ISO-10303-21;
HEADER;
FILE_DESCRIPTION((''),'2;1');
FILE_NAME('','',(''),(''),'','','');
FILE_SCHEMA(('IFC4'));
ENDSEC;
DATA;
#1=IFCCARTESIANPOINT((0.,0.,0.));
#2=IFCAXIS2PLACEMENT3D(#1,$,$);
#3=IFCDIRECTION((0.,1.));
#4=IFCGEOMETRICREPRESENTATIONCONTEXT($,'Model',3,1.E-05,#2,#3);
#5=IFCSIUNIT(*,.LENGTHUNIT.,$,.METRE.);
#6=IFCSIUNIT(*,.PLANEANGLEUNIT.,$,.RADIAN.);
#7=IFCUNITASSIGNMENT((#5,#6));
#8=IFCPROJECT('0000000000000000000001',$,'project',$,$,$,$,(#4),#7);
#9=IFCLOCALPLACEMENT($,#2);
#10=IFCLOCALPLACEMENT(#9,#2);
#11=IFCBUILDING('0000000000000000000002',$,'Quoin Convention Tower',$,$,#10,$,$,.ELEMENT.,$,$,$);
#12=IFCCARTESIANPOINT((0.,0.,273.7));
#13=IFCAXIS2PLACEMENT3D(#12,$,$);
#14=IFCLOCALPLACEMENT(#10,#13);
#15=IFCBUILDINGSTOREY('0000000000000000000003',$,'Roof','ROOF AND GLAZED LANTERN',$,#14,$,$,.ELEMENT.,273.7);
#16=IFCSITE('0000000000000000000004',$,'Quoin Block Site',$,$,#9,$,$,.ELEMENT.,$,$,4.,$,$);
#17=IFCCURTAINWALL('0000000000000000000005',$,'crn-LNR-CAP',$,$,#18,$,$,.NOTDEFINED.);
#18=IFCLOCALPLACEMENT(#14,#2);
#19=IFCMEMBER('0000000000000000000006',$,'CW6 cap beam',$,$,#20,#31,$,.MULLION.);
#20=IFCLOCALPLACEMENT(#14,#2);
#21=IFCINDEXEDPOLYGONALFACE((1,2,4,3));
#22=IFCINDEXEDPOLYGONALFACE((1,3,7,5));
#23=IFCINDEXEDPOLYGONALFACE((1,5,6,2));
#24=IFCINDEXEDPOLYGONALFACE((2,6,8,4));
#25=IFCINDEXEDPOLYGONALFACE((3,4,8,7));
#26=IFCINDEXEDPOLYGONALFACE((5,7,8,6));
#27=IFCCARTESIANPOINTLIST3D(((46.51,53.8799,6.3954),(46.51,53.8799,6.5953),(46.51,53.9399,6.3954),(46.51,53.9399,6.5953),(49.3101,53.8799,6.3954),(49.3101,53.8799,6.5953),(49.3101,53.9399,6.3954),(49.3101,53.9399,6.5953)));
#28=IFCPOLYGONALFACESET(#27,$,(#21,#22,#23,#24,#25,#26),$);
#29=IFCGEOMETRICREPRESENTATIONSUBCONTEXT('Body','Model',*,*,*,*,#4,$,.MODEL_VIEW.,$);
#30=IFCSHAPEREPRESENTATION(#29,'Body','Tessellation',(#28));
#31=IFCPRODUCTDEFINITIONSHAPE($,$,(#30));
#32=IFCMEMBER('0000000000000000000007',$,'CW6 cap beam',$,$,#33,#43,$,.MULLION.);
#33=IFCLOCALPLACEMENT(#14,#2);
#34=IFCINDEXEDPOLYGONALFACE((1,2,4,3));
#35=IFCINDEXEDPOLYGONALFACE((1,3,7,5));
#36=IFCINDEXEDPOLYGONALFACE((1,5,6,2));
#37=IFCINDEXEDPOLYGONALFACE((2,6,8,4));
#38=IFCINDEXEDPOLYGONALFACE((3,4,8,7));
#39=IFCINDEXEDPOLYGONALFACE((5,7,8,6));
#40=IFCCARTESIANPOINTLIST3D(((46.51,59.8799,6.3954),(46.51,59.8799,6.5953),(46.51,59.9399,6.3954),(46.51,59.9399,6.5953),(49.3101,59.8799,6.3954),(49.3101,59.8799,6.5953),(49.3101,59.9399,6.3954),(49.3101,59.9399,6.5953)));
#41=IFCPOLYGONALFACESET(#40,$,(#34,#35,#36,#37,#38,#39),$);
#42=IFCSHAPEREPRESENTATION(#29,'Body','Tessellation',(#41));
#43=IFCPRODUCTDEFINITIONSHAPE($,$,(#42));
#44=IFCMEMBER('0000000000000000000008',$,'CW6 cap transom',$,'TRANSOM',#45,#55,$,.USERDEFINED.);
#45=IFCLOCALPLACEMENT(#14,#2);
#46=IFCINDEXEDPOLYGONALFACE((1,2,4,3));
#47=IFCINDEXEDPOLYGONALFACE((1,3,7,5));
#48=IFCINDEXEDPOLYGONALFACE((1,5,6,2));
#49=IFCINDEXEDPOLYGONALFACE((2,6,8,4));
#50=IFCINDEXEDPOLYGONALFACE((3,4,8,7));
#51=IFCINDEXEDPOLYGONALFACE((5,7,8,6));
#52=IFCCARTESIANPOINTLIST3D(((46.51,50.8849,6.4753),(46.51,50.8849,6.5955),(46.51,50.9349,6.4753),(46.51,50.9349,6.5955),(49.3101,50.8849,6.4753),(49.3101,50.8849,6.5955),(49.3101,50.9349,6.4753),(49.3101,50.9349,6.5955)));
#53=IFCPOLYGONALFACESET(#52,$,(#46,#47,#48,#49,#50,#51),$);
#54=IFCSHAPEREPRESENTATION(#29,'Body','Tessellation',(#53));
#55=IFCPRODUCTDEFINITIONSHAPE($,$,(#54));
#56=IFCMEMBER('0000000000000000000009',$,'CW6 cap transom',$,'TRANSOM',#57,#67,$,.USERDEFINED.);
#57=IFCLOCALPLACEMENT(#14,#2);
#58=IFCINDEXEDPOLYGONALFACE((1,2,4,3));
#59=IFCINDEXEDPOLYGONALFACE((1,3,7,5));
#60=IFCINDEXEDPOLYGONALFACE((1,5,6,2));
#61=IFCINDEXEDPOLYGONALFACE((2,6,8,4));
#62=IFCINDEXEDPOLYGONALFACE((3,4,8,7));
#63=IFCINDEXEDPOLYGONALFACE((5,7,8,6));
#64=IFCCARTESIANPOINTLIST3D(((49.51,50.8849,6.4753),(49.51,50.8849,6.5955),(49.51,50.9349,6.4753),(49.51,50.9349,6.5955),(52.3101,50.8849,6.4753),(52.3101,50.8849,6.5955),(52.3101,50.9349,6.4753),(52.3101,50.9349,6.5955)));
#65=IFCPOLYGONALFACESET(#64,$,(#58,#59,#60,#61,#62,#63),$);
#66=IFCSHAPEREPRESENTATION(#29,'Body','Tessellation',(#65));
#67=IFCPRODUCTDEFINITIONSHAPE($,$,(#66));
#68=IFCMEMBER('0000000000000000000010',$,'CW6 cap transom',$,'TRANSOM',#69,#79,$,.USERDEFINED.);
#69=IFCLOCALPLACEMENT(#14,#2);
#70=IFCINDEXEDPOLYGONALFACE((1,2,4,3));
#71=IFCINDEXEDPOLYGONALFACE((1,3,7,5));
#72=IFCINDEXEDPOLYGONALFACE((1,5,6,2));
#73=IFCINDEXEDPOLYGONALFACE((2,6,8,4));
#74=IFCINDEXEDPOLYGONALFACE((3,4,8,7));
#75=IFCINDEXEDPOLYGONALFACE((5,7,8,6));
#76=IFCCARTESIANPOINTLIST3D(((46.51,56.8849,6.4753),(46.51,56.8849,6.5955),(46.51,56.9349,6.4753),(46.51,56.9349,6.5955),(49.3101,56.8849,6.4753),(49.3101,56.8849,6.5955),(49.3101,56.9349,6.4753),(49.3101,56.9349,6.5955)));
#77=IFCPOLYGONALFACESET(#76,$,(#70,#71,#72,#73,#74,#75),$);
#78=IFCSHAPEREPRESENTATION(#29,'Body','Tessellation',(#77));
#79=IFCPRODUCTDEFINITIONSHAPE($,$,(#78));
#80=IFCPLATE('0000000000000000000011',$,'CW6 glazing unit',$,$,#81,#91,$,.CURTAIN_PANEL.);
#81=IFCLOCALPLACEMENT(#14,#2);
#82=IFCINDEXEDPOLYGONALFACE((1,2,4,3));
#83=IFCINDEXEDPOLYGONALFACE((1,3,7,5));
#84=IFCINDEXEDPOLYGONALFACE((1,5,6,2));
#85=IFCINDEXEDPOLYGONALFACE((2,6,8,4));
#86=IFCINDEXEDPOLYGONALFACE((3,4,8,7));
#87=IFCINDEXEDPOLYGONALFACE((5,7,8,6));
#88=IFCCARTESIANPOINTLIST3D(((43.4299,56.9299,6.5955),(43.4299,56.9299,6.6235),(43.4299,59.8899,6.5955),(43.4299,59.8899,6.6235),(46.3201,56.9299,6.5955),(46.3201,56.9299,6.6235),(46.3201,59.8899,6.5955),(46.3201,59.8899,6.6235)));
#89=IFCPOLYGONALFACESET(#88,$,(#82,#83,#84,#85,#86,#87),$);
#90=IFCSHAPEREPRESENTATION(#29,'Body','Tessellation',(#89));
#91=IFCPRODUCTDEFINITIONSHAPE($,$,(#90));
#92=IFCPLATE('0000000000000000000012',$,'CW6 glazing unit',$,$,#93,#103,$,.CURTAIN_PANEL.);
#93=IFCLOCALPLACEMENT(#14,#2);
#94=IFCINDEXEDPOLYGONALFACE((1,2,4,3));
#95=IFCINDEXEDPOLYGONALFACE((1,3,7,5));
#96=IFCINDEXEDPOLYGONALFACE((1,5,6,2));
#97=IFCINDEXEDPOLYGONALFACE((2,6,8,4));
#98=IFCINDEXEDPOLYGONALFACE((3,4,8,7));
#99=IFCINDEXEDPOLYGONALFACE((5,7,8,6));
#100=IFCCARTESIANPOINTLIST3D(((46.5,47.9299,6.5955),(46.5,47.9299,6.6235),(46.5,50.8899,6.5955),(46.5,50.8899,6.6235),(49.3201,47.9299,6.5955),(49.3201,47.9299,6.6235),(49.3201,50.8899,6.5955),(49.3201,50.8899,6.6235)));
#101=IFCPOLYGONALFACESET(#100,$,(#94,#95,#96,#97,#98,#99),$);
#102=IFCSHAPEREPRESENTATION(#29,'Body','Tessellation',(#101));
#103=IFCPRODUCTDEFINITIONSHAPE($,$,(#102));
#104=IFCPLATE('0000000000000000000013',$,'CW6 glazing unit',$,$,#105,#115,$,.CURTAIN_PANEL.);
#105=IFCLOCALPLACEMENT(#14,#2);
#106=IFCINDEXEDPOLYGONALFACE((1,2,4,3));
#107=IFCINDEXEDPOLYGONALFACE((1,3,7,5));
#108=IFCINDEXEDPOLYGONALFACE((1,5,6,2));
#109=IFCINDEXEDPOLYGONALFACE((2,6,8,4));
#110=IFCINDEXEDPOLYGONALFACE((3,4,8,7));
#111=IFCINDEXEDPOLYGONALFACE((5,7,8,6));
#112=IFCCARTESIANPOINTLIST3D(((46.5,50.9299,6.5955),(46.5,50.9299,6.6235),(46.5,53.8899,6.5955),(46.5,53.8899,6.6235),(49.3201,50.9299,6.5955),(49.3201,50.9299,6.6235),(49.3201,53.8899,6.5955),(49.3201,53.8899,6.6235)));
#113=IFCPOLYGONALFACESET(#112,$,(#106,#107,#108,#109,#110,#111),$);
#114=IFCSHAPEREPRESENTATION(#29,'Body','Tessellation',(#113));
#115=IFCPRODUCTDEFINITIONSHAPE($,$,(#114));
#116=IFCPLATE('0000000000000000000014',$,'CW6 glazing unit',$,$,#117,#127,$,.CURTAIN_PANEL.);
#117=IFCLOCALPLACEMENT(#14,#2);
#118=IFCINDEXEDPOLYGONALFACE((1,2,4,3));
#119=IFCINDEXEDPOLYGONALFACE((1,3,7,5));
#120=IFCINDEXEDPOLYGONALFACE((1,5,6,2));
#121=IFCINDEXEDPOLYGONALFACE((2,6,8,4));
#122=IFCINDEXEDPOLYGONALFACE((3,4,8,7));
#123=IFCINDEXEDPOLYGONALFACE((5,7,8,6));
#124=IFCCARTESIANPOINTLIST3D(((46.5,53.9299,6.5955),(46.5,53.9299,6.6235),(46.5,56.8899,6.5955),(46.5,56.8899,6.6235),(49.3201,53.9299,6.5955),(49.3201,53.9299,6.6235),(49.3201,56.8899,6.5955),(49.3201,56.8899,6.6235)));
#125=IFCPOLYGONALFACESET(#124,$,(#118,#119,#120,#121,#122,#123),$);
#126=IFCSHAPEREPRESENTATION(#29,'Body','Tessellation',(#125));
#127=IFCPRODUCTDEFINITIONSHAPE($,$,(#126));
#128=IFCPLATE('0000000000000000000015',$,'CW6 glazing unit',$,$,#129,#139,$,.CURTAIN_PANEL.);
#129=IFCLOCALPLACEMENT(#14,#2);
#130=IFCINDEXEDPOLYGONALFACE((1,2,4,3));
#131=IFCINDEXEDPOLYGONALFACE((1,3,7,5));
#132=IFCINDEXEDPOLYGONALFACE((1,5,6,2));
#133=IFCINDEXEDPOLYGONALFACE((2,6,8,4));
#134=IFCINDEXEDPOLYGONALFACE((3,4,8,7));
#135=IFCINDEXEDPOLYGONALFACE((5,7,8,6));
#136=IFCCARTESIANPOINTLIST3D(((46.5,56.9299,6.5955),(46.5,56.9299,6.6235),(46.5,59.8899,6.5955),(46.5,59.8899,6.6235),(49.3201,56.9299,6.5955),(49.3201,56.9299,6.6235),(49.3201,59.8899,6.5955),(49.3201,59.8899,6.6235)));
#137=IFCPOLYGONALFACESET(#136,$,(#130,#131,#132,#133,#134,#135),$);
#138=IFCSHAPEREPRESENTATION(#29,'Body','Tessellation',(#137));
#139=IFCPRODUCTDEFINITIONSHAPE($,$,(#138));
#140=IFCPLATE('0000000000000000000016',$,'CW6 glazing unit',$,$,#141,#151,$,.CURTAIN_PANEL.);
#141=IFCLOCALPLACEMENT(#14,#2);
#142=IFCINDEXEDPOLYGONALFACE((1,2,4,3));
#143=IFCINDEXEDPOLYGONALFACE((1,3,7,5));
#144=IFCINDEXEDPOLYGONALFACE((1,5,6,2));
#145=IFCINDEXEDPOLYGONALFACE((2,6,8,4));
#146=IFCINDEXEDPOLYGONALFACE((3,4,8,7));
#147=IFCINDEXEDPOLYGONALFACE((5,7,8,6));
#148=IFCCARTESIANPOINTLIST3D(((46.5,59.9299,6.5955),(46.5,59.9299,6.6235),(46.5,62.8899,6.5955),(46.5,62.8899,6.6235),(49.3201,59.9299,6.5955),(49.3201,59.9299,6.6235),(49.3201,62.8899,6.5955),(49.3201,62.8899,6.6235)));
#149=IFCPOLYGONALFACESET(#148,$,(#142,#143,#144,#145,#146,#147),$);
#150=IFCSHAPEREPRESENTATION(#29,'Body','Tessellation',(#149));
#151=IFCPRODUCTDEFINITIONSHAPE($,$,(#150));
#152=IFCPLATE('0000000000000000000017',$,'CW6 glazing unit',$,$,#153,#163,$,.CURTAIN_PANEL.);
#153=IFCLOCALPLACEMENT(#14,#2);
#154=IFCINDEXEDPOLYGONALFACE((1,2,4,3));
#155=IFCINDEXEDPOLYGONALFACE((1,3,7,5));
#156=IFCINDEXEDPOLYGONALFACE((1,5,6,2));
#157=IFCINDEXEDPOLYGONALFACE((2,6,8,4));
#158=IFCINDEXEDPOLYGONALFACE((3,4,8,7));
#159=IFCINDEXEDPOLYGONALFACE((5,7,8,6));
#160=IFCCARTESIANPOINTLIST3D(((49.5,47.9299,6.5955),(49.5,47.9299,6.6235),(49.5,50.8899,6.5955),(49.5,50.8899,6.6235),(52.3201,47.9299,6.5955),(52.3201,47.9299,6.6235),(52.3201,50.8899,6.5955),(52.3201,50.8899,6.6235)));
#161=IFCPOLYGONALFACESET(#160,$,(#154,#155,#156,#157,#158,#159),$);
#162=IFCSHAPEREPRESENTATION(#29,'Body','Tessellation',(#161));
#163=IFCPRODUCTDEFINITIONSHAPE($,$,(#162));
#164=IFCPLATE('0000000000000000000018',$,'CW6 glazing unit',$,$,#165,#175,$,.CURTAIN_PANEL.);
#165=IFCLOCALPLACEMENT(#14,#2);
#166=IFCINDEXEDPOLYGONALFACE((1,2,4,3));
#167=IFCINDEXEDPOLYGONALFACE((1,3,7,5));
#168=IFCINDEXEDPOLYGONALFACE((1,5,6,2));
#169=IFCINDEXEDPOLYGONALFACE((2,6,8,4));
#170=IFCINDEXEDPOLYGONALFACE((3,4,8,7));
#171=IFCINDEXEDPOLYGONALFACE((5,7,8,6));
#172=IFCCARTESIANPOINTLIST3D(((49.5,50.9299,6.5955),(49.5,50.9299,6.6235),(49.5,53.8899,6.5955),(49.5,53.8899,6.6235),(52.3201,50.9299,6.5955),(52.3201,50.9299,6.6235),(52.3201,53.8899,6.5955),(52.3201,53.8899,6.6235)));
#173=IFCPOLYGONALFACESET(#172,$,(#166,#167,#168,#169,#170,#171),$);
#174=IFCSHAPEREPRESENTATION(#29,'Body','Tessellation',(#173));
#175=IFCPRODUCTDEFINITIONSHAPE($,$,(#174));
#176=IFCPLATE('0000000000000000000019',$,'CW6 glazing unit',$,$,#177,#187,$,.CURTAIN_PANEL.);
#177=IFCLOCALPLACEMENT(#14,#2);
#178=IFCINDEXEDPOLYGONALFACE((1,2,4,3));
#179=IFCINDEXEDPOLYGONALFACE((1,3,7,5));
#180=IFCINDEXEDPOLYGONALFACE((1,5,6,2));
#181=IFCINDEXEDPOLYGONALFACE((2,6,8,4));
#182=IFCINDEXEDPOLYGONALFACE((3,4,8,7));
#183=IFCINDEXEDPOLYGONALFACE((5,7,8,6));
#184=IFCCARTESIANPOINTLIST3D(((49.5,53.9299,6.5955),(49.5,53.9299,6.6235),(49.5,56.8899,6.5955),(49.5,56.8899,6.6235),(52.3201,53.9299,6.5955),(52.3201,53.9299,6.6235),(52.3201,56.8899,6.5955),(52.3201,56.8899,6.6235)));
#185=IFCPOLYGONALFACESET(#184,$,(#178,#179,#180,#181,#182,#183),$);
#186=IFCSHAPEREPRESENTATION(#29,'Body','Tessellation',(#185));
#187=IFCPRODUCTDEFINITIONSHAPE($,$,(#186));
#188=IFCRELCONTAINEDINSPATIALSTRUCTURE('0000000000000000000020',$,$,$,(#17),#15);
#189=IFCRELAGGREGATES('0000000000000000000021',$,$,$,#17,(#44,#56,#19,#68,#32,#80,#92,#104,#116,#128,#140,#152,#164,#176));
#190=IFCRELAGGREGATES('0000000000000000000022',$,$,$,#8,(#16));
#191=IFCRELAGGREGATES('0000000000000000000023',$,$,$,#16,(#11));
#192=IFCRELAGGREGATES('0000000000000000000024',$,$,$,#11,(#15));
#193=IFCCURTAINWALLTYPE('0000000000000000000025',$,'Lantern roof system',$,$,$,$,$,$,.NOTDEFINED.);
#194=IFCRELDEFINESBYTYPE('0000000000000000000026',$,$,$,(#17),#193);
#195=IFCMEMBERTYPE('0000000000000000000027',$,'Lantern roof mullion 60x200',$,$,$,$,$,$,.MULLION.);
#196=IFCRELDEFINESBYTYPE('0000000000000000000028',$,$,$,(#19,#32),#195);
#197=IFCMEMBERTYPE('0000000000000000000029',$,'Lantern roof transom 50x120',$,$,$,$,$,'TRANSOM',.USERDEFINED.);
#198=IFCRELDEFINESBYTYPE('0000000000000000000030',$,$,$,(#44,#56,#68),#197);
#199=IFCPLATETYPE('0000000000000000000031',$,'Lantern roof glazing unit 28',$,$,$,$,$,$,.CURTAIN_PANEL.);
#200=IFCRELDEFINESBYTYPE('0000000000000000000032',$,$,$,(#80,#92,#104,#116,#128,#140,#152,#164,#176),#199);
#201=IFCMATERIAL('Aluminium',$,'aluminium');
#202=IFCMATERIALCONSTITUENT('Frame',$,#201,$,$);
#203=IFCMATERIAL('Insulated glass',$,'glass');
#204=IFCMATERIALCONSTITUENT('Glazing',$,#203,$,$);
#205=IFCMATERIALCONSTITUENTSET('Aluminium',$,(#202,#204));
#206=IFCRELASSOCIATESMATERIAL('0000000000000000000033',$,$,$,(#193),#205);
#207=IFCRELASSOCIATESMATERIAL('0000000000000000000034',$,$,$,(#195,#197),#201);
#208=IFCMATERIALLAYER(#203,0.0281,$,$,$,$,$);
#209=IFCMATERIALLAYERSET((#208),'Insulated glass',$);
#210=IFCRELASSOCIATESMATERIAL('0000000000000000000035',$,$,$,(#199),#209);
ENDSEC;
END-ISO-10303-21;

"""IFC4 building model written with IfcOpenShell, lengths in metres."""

from ifc_helpers import new_model, si_unit, direction, frame, origin, origin_2d, place, context, subcontext, project, spatial, polyline, rectangle, outline, extrude, material, layer, layer_set, constituent, constituent_set, material_profile, profile_set, type_object, element, aggregate, save


model = new_model("IFC4")

# Units and contexts
model_context = context("Model", 3, precision=1e-05, world=origin(), true_north=direction((0.0, 1.0)))
body_context = subcontext(model_context, "Body", "Model", "MODEL_VIEW")
ifc_project = project(units=[si_unit("LENGTHUNIT", "METRE"), si_unit("PLANEANGLEUNIT", "RADIAN")], contexts=[model_context])

# Site, building, storey
site_placement = place(None, origin())
site = spatial("IfcSite", under=ifc_project, at=site_placement, Name="Quoin Block Site", CompositionType="ELEMENT", RefElevation=4.0)
building_placement = place(site_placement, origin())
building = spatial("IfcBuilding", under=site, at=building_placement, Name="Quoin Convention Tower", CompositionType="ELEMENT")
storey_placement = place(building_placement, frame((0.0, 0.0, 273.7)))
storey = spatial("IfcBuildingStorey", under=building, at=storey_placement, Name="Roof", Description="ROOF AND GLAZED LANTERN", CompositionType="ELEMENT", Elevation=273.7)

# Curtain wall, members, plates
ifc_material_1 = material(Name="Aluminium", Category="aluminium")
ifc_constituent_1 = constituent(ifc_material_1, Name="Frame")
ifc_material_2 = material(Name="Insulated glass", Category="glass")
ifc_constituent_2 = constituent(ifc_material_2, Name="Glazing")
ifc_constituent_set = constituent_set(constituents=[ifc_constituent_1, ifc_constituent_2], Name="Aluminium")
curtain_wall_type = type_object("IfcCurtainWallType", Name="Lantern roof system", PredefinedType="NOTDEFINED", material=ifc_constituent_set)
curtain_wall_placement = place(storey_placement, origin())
curtain_wall = element("IfcCurtainWall", 1, at=curtain_wall_placement, inside=storey, type_object=curtain_wall_type, Name="crn-LNR-CAP", PredefinedType="NOTDEFINED")
ifc_material_profile_1 = material_profile(ifc_material_1, rectangle(XDim=0.2, YDim=0.0601, at=origin_2d()), Name="Lantern roof mullion 60x200")
ifc_profile_set_1 = profile_set([ifc_material_profile_1], Name="Aluminium")
member_type_1 = type_object("IfcMemberType", Name="Lantern roof mullion 60x200", PredefinedType="MULLION", material=ifc_profile_set_1)
member_1_placement = place(storey_placement, frame((46.51, 53.9099, 6.4954), z_axis=(1.0, 0.0, 0.0), x_axis=(0.0, 0.0, 1.0)))
member_1 = element("IfcMember", 2, at=member_1_placement, type_object=member_type_1, Name="CW6 cap beam", PredefinedType="MULLION", context=body_context, shape_type="SweptSolid", body=[
    extrude(rectangle(XDim=0.2, YDim=0.0601, at=origin_2d()), origin(), (0.0, 0.0, 1.0), 2.8),
])
member_2_placement = place(storey_placement, frame((46.51, 59.9099, 6.4954), z_axis=(1.0, 0.0, 0.0), x_axis=(0.0, 0.0, 1.0)))
member_2 = element("IfcMember", 3, at=member_2_placement, type_object=member_type_1, Name="CW6 cap beam", PredefinedType="MULLION", context=body_context, shape_type="SweptSolid", body=[
    extrude(rectangle(XDim=0.2, YDim=0.0601, at=origin_2d()), origin(), (0.0, 0.0, 1.0), 2.8),
])
ifc_material_profile_2 = material_profile(ifc_material_1, rectangle(XDim=0.1201, YDim=0.05, at=origin_2d()), Name="Lantern roof transom 50x120")
ifc_profile_set_2 = profile_set([ifc_material_profile_2], Name="Aluminium")
member_type_2 = type_object("IfcMemberType", Name="Lantern roof transom 50x120", ElementType="TRANSOM", PredefinedType="USERDEFINED", material=ifc_profile_set_2)
member_3_placement = place(storey_placement, frame((46.51, 50.9099, 6.5354), z_axis=(1.0, 0.0, 0.0), x_axis=(0.0, 0.0, 1.0)))
member_3 = element("IfcMember", 4, at=member_3_placement, type_object=member_type_2, Name="CW6 cap transom", ObjectType="TRANSOM", PredefinedType="USERDEFINED", context=body_context, shape_type="SweptSolid", body=[
    extrude(rectangle(XDim=0.1201, YDim=0.05, at=origin_2d()), origin(), (0.0, 0.0, 1.0), 2.8),
])
member_4_placement = place(storey_placement, frame((49.51, 50.9099, 6.5354), z_axis=(1.0, 0.0, 0.0), x_axis=(0.0, 0.0, 1.0)))
member_4 = element("IfcMember", 5, at=member_4_placement, type_object=member_type_2, Name="CW6 cap transom", ObjectType="TRANSOM", PredefinedType="USERDEFINED", context=body_context, shape_type="SweptSolid", body=[
    extrude(rectangle(XDim=0.1201, YDim=0.05, at=origin_2d()), origin(), (0.0, 0.0, 1.0), 2.8),
])
member_5_placement = place(storey_placement, frame((46.51, 56.9099, 6.5354), z_axis=(1.0, 0.0, 0.0), x_axis=(0.0, 0.0, 1.0)))
member_5 = element("IfcMember", 6, at=member_5_placement, type_object=member_type_2, Name="CW6 cap transom", ObjectType="TRANSOM", PredefinedType="USERDEFINED", context=body_context, shape_type="SweptSolid", body=[
    extrude(rectangle(XDim=0.1201, YDim=0.05, at=origin_2d()), origin(), (0.0, 0.0, 1.0), 2.8),
])
ifc_layer_1 = layer(ifc_material_2, 0.0281)
ifc_layer_set_1 = layer_set([ifc_layer_1], Name="Insulated glass")
plate_type = type_object("IfcPlateType", Name="Lantern roof glazing unit 28", PredefinedType="CURTAIN_PANEL", material=ifc_layer_set_1)
plate_1_placement = place(storey_placement, frame((46.3201, 59.8899, 6.6235), z_axis=(0.0, 0.0, 1.0), x_axis=(0.0, -1.0, 0.0)))
plate_1 = element("IfcPlate", 7, at=plate_1_placement, type_object=plate_type, Name="CW6 glazing unit", PredefinedType="CURTAIN_PANEL", context=body_context, shape_type="SweptSolid", body=[
    extrude(outline(polyline([(0.0, 0.0), (2.96, 0.0), (2.96, -2.8901), (0.0, -2.8901), (0.0, 0.0)])), origin(), (0.0, 0.0, -1.0), 0.0281),
])
plate_2_placement = place(storey_placement, frame((46.5, 50.8899, 6.6235), z_axis=(0.0, 0.0, 1.0), x_axis=(1.0, 0.0, 0.0)))
plate_2 = element("IfcPlate", 8, at=plate_2_placement, type_object=plate_type, Name="CW6 glazing unit", PredefinedType="CURTAIN_PANEL", context=body_context, shape_type="SweptSolid", body=[
    extrude(outline(polyline([(0.0, 0.0), (2.8201, 0.0), (2.8201, -2.96), (0.0, -2.96), (0.0, 0.0)])), origin(), (0.0, 0.0, -1.0), 0.0281),
])
plate_3_placement = place(storey_placement, frame((46.5, 50.9299, 6.6235), z_axis=(0.0, 0.0, 1.0), x_axis=(0.0, 1.0, 0.0)))
plate_3 = element("IfcPlate", 9, at=plate_3_placement, type_object=plate_type, Name="CW6 glazing unit", PredefinedType="CURTAIN_PANEL", context=body_context, shape_type="SweptSolid", body=[
    extrude(outline(polyline([(0.0, 0.0), (2.96, 0.0), (2.96, -2.8201), (0.0, -2.8201), (0.0, 0.0)])), origin(), (0.0, 0.0, -1.0), 0.0281),
])
plate_4_placement = place(storey_placement, frame((46.5, 53.9299, 6.6235), z_axis=(0.0, 0.0, 1.0), x_axis=(0.0, 1.0, 0.0)))
plate_4 = element("IfcPlate", 10, at=plate_4_placement, type_object=plate_type, Name="CW6 glazing unit", PredefinedType="CURTAIN_PANEL", context=body_context, shape_type="SweptSolid", body=[
    extrude(outline(polyline([(0.0, 0.0), (2.96, 0.0), (2.96, -2.8201), (0.0, -2.8201), (0.0, 0.0)])), origin(), (0.0, 0.0, -1.0), 0.0281),
])
plate_5_placement = place(storey_placement, frame((46.5, 56.9299, 6.6235), z_axis=(0.0, 0.0, 1.0), x_axis=(0.0, 1.0, 0.0)))
plate_5 = element("IfcPlate", 11, at=plate_5_placement, type_object=plate_type, Name="CW6 glazing unit", PredefinedType="CURTAIN_PANEL", context=body_context, shape_type="SweptSolid", body=[
    extrude(outline(polyline([(0.0, 0.0), (2.96, 0.0), (2.96, -2.8201), (0.0, -2.8201), (0.0, 0.0)])), origin(), (0.0, 0.0, -1.0), 0.0281),
])
plate_6_placement = place(storey_placement, frame((46.5, 59.9299, 6.6235), z_axis=(0.0, 0.0, 1.0), x_axis=(0.0, 1.0, 0.0)))
plate_6 = element("IfcPlate", 12, at=plate_6_placement, type_object=plate_type, Name="CW6 glazing unit", PredefinedType="CURTAIN_PANEL", context=body_context, shape_type="SweptSolid", body=[
    extrude(outline(polyline([(0.0, 0.0), (2.96, 0.0), (2.96, -2.8201), (0.0, -2.8201), (0.0, 0.0)])), origin(), (0.0, 0.0, -1.0), 0.0281),
])
plate_7_placement = place(storey_placement, frame((49.5, 50.8899, 6.6235), z_axis=(0.0, 0.0, 1.0), x_axis=(1.0, 0.0, 0.0)))
plate_7 = element("IfcPlate", 13, at=plate_7_placement, type_object=plate_type, Name="CW6 glazing unit", PredefinedType="CURTAIN_PANEL", context=body_context, shape_type="SweptSolid", body=[
    extrude(outline(polyline([(0.0, 0.0), (2.8201, 0.0), (2.8201, -2.96), (0.0, -2.96), (0.0, 0.0)])), origin(), (0.0, 0.0, -1.0), 0.0281),
])
plate_8_placement = place(storey_placement, frame((49.5, 50.9299, 6.6235), z_axis=(0.0, 0.0, 1.0), x_axis=(0.0, 1.0, 0.0)))
plate_8 = element("IfcPlate", 14, at=plate_8_placement, type_object=plate_type, Name="CW6 glazing unit", PredefinedType="CURTAIN_PANEL", context=body_context, shape_type="SweptSolid", body=[
    extrude(outline(polyline([(0.0, 0.0), (2.96, 0.0), (2.96, -2.8201), (0.0, -2.8201), (0.0, 0.0)])), origin(), (0.0, 0.0, -1.0), 0.0281),
])
plate_9_placement = place(storey_placement, frame((49.5, 53.9299, 6.6235), z_axis=(0.0, 0.0, 1.0), x_axis=(0.0, 1.0, 0.0)))
plate_9 = element("IfcPlate", 15, at=plate_9_placement, type_object=plate_type, Name="CW6 glazing unit", PredefinedType="CURTAIN_PANEL", context=body_context, shape_type="SweptSolid", body=[
    extrude(outline(polyline([(0.0, 0.0), (2.96, 0.0), (2.96, -2.8201), (0.0, -2.8201), (0.0, 0.0)])), origin(), (0.0, 0.0, -1.0), 0.0281),
])
aggregate(curtain_wall, [member_3, member_4, member_1, member_5, member_2, plate_1, plate_2, plate_3, plate_4, plate_5, plate_6, plate_7, plate_8, plate_9])

save(model, "model.ifc")
